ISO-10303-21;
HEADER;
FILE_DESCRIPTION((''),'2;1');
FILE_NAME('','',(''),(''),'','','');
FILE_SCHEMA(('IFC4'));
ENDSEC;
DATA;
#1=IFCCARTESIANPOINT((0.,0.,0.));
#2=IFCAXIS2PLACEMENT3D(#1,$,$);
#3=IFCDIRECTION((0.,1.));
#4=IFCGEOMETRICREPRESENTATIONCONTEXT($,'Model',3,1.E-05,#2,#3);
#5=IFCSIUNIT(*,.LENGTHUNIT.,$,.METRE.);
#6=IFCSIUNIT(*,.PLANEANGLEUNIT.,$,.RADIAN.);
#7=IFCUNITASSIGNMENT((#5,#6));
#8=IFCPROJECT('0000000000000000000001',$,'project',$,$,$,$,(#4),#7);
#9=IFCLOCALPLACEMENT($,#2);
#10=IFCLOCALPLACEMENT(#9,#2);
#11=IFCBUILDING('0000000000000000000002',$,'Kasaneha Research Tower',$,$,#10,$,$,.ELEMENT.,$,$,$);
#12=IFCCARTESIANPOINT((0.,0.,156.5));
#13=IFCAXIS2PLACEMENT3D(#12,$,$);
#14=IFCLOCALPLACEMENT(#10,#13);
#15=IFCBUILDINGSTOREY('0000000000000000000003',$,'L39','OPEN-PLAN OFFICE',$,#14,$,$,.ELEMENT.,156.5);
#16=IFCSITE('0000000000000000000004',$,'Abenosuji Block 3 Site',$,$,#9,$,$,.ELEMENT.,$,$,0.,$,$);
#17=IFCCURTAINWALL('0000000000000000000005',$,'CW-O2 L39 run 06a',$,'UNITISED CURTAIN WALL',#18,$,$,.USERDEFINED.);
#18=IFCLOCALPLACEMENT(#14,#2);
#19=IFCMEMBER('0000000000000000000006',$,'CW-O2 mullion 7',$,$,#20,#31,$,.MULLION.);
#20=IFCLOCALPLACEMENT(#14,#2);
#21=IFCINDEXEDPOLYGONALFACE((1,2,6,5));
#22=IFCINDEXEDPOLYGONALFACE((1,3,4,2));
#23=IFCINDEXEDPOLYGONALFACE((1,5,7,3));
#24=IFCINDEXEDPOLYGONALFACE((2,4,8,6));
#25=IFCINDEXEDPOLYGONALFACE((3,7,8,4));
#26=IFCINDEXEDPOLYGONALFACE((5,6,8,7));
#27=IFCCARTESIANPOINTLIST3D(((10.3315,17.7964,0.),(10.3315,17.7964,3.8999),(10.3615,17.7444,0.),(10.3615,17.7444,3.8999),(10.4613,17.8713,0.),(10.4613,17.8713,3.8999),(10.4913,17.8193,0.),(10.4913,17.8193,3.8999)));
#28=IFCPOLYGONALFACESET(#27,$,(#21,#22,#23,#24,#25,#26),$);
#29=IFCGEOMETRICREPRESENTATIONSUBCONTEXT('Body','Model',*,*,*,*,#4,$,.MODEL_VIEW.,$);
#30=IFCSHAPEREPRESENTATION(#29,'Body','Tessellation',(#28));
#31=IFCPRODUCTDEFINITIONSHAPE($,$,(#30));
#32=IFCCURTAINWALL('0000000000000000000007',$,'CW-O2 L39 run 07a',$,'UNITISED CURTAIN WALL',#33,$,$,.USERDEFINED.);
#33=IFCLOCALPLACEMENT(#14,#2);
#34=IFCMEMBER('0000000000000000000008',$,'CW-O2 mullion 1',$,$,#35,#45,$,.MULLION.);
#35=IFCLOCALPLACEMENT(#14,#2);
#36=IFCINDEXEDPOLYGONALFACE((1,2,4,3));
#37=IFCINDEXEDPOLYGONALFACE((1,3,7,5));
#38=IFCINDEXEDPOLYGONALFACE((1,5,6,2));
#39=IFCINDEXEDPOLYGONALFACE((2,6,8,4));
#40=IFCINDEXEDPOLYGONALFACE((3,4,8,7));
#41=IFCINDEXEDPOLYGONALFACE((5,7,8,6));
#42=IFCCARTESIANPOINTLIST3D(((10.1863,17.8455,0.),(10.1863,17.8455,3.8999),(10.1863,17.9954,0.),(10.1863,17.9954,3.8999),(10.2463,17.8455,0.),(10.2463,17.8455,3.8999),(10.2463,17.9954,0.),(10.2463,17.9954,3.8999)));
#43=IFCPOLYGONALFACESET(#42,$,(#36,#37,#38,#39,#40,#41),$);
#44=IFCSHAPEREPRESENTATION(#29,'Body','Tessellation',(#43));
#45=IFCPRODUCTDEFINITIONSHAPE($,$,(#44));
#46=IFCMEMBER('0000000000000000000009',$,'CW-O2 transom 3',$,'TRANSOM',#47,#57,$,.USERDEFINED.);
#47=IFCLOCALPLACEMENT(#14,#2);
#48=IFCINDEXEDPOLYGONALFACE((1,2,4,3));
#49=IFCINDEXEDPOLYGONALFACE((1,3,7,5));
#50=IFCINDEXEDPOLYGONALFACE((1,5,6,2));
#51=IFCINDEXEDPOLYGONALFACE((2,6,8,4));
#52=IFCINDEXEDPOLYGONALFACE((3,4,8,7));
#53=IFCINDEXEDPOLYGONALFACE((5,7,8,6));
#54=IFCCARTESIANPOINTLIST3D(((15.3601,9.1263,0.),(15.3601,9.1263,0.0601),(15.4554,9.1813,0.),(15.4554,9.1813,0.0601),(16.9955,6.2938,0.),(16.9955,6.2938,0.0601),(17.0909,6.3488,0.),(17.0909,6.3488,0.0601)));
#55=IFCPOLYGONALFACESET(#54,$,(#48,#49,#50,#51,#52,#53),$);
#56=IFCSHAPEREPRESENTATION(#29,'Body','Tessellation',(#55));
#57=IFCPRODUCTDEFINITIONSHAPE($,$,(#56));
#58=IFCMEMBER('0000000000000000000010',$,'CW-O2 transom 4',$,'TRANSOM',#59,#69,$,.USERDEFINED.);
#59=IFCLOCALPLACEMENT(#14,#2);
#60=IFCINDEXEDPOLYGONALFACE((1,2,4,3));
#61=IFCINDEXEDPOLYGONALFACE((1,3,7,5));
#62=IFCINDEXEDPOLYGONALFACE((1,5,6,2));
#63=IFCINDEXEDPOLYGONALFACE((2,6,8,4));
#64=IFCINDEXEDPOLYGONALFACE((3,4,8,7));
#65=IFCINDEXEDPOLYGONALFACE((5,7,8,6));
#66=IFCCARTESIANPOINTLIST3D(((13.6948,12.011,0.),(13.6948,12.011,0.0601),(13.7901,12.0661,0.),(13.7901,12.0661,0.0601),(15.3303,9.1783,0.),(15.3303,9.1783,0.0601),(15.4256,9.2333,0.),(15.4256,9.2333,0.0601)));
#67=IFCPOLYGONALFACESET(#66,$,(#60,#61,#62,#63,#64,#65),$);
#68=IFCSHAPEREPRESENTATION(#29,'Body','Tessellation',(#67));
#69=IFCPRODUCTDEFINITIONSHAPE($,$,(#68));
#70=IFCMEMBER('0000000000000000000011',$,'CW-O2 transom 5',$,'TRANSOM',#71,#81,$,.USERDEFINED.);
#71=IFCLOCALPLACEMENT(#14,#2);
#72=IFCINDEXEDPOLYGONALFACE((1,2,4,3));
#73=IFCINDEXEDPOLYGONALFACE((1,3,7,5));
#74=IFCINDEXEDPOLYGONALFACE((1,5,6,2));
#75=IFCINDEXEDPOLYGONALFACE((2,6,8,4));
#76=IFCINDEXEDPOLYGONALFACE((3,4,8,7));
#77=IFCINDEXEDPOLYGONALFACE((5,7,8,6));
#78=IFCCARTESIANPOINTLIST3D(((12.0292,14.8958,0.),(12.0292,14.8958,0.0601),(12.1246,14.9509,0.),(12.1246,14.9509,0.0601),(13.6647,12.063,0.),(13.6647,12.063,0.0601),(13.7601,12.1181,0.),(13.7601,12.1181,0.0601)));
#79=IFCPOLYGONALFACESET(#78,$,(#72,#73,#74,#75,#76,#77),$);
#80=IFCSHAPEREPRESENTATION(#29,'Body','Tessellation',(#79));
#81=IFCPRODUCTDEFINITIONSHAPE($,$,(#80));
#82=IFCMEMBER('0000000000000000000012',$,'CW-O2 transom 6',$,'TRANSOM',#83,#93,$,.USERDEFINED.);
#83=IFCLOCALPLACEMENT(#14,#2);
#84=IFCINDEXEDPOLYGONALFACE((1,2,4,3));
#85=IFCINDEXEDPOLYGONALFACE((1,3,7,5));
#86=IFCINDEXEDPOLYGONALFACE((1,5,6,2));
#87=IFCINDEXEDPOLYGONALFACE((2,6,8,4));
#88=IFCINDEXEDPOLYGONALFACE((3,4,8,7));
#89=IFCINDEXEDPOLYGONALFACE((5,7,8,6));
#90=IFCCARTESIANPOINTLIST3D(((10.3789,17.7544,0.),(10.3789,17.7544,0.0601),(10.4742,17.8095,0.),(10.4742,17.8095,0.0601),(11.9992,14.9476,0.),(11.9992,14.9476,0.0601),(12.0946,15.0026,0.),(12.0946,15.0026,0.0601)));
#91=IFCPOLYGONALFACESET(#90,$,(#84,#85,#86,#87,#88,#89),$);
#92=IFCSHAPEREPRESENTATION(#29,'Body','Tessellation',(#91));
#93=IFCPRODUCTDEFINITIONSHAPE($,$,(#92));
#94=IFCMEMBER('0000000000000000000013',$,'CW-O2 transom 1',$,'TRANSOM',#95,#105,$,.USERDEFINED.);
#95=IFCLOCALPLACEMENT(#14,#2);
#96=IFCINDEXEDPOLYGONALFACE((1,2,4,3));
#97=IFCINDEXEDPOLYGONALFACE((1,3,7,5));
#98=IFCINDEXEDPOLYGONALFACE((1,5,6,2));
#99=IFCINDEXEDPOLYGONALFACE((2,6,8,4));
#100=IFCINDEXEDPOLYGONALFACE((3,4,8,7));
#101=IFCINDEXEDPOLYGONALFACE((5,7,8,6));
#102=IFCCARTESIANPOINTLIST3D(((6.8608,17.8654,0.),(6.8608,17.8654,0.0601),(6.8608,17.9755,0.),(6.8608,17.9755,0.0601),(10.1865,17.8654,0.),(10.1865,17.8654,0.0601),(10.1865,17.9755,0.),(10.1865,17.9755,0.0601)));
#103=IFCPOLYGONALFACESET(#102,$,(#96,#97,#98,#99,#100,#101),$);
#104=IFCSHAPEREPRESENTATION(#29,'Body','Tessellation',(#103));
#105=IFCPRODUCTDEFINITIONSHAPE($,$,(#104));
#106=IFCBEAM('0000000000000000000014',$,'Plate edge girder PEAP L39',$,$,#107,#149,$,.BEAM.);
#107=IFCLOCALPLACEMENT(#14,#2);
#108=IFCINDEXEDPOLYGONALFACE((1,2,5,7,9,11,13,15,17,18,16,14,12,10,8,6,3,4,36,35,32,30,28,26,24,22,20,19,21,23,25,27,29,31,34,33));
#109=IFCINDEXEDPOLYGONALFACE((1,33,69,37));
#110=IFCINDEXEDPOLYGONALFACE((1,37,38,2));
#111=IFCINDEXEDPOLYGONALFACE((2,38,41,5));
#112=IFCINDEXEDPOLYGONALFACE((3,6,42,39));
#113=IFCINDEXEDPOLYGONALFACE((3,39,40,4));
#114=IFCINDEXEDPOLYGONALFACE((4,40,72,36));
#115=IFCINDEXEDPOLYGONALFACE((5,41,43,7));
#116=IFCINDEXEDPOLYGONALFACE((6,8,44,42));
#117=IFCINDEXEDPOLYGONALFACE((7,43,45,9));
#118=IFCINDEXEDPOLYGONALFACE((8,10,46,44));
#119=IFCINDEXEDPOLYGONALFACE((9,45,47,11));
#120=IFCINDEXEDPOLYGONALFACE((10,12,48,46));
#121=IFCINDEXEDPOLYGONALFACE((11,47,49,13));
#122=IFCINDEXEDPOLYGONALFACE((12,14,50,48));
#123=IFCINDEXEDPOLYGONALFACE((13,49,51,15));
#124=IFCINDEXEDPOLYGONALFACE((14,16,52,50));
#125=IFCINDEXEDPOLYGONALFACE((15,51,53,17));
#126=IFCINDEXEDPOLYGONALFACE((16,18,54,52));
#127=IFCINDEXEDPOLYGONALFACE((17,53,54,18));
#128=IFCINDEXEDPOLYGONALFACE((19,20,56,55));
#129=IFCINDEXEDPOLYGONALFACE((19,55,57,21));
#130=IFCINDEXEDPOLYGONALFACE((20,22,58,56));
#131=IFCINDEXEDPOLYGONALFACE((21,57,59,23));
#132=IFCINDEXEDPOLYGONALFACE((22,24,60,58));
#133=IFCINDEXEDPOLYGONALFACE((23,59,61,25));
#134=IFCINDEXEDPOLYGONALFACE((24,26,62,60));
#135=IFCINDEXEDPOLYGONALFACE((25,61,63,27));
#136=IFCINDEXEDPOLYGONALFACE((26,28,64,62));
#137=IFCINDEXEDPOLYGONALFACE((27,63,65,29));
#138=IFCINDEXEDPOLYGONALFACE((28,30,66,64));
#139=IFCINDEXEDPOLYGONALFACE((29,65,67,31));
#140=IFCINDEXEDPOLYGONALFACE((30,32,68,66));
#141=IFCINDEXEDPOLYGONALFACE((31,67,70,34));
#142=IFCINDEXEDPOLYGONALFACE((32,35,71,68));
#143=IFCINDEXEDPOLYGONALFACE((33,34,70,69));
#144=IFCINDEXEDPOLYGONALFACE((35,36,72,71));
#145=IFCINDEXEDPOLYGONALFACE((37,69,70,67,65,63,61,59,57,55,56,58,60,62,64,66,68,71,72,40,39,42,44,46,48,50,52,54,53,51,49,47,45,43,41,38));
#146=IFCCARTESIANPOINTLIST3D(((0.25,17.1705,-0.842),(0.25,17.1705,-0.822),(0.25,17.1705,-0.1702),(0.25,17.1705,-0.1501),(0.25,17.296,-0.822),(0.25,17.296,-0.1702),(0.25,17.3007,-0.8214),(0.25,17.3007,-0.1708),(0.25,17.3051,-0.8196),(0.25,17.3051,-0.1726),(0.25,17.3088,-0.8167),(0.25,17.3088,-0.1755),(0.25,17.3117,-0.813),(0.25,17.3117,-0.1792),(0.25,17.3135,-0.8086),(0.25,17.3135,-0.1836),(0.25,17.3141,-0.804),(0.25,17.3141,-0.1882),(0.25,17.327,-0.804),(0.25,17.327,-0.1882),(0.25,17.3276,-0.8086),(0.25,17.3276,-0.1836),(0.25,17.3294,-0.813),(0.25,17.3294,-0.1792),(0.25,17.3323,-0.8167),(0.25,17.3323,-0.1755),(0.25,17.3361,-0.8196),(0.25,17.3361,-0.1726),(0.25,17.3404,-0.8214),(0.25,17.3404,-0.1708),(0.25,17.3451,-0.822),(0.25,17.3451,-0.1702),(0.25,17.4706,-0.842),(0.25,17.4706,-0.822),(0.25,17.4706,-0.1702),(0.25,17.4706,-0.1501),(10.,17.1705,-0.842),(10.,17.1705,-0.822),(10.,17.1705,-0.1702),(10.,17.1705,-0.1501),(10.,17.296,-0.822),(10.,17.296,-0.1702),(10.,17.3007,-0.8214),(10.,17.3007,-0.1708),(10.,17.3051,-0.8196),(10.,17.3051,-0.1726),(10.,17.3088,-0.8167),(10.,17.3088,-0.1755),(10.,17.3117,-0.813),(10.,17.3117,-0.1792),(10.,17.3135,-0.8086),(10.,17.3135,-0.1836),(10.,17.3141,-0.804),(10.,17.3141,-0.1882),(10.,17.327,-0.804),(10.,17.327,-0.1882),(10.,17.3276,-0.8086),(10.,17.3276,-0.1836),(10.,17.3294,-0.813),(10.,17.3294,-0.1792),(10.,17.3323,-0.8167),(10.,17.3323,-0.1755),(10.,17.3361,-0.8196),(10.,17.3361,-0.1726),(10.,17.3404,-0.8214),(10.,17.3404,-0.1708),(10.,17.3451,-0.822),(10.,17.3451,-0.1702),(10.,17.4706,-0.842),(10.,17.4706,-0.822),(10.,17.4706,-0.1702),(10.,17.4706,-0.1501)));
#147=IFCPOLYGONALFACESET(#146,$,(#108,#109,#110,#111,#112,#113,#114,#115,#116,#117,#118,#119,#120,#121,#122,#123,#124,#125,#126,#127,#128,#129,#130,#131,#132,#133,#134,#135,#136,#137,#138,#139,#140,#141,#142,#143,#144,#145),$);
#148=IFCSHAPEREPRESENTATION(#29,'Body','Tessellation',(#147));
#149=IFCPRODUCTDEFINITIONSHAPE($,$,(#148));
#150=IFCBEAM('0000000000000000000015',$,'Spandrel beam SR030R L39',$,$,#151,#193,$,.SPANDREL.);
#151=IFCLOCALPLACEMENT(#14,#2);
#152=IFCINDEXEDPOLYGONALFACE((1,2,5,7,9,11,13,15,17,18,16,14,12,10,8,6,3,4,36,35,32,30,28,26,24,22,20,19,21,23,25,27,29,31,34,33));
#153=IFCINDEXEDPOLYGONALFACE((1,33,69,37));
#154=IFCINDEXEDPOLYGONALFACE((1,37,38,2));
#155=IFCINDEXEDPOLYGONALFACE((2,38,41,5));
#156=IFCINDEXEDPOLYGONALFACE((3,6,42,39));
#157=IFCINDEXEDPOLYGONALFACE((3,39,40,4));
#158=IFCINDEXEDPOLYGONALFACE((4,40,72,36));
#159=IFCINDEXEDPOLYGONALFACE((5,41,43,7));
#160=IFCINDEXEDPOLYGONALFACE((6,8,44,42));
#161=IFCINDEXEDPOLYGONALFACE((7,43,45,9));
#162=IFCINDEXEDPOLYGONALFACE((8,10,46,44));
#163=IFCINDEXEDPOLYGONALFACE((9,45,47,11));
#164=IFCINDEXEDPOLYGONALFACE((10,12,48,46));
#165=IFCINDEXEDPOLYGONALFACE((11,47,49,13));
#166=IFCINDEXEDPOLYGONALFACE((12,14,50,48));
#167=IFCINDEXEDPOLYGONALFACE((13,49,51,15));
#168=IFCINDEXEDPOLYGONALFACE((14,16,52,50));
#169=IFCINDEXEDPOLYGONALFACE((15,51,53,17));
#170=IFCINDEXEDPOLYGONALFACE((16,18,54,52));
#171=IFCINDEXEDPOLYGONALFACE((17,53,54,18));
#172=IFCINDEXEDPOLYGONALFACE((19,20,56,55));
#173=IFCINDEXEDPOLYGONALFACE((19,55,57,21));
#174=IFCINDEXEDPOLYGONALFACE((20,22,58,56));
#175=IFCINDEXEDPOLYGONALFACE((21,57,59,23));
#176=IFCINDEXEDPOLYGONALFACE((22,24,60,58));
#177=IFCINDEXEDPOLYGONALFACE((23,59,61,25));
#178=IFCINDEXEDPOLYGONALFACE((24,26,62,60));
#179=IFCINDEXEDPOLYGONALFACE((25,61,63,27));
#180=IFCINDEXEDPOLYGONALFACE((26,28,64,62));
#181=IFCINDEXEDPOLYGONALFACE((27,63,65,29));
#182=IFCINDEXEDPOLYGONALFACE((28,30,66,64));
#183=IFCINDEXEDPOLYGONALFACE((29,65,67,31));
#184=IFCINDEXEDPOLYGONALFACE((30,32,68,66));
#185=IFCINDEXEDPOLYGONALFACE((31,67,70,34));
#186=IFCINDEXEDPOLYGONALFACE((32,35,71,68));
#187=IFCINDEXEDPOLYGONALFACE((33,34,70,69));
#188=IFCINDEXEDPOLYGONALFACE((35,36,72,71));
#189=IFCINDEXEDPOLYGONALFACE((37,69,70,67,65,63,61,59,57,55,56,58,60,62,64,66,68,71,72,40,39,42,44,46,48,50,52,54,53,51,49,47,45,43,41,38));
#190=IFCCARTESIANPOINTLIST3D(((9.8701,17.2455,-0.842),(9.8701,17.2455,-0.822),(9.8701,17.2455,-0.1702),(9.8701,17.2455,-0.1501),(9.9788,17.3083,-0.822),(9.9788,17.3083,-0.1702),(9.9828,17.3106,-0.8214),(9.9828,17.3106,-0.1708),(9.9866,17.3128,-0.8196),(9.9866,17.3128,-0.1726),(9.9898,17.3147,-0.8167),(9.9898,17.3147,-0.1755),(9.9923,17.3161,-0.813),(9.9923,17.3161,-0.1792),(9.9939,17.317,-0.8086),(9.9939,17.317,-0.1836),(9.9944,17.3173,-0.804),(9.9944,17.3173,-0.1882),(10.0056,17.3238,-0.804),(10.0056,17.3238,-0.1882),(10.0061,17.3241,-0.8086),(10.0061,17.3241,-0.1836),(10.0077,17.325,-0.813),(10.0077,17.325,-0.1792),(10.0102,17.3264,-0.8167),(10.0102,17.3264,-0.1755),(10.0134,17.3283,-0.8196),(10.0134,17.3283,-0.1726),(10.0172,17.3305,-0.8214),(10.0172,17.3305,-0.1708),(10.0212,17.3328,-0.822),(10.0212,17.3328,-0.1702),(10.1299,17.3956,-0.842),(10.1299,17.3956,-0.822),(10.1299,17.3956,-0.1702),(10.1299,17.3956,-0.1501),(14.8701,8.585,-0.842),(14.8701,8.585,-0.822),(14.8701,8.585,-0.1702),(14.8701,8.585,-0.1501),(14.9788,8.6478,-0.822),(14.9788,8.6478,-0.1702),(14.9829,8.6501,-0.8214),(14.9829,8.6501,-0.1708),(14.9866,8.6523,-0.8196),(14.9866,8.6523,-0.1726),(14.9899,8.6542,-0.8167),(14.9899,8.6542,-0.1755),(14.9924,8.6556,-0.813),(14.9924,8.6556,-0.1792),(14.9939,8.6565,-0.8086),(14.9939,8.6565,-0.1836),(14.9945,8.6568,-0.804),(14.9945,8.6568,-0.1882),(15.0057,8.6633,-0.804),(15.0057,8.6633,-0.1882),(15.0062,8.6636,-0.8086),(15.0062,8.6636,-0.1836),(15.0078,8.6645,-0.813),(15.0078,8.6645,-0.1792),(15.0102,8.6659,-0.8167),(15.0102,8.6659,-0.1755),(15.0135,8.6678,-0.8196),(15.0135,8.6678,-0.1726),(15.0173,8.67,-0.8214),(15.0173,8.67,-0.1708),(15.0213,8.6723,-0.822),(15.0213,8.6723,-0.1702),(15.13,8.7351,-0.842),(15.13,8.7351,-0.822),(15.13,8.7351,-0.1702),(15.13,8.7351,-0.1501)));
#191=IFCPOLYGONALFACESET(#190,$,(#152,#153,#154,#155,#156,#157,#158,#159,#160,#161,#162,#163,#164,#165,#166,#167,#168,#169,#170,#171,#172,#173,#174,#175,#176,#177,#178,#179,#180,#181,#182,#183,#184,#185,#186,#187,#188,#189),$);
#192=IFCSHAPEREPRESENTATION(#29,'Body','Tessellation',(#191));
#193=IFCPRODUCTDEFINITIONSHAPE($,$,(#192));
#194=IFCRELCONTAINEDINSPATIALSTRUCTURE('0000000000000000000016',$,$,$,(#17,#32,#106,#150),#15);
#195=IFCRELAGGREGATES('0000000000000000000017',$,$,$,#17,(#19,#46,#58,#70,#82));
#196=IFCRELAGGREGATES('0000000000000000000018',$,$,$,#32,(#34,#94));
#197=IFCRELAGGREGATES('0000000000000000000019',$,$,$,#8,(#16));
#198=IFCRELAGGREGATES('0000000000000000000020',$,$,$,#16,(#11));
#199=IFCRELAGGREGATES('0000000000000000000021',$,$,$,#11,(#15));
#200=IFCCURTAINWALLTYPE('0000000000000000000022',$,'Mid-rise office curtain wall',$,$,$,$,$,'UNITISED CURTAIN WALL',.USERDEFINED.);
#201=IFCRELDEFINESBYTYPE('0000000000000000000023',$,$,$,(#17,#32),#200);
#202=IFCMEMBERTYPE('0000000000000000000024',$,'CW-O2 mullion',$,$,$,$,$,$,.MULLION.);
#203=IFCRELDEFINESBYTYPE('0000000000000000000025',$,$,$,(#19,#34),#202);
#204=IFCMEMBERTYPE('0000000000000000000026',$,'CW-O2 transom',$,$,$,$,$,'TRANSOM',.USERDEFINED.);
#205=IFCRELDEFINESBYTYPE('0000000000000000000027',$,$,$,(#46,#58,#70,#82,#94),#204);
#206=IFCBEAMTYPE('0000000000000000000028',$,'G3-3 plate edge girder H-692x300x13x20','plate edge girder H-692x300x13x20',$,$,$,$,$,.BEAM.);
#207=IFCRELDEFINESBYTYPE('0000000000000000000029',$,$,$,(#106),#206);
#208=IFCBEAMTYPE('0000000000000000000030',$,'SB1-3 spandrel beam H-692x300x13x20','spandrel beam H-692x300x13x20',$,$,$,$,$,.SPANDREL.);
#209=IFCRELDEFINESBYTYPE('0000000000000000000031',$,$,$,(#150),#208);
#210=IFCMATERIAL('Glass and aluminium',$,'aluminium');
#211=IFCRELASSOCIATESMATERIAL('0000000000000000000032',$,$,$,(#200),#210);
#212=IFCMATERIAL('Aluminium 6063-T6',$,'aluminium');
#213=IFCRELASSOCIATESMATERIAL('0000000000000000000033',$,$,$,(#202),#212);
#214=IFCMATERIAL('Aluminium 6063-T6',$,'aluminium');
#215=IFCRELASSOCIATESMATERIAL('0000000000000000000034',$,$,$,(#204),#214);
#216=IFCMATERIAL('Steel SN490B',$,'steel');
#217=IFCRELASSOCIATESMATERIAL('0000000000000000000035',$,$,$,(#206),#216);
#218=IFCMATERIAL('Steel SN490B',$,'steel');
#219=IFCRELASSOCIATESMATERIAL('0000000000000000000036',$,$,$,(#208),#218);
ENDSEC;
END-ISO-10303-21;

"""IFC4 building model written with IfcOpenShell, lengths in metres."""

from ifc_helpers import new_model, si_unit, direction, frame, origin, origin_2d, place, context, subcontext, project, spatial, rectangle, i_section, extrude, material, material_profile, profile_set, type_object, element, aggregate, save


model = new_model("IFC4")

# Units and contexts
model_context = context("Model", 3, precision=1e-05, world=origin(), true_north=direction((0.0, 1.0)))
body_context = subcontext(model_context, "Body", "Model", "MODEL_VIEW")
ifc_project = project(units=[si_unit("LENGTHUNIT", "METRE"), si_unit("PLANEANGLEUNIT", "RADIAN")], contexts=[model_context])

# Site, building, storey
site_placement = place(None, origin())
site = spatial("IfcSite", under=ifc_project, at=site_placement, Name="Abenosuji Block 3 Site", CompositionType="ELEMENT", RefElevation=0.0)
building_placement = place(site_placement, origin())
building = spatial("IfcBuilding", under=site, at=building_placement, Name="Kasaneha Research Tower", CompositionType="ELEMENT")
storey_placement = place(building_placement, frame((0.0, 0.0, 156.5)))
storey = spatial("IfcBuildingStorey", under=building, at=storey_placement, Name="L39", Description="OPEN-PLAN OFFICE", CompositionType="ELEMENT", Elevation=156.5)

# Curtain wall, member
ifc_material_1 = material(Name="Glass and aluminium", Category="aluminium")
curtain_wall_type = type_object("IfcCurtainWallType", Name="Mid-rise office curtain wall", ElementType="UNITISED CURTAIN WALL", PredefinedType="USERDEFINED", material=ifc_material_1)
curtain_wall_1_placement = place(storey_placement, origin())
curtain_wall_1 = element("IfcCurtainWall", 1, at=curtain_wall_1_placement, inside=storey, type_object=curtain_wall_type, Name="CW-O2 L39 run 06a", ObjectType="UNITISED CURTAIN WALL", PredefinedType="USERDEFINED")
ifc_material_2 = material(Name="Aluminium 6063-T6", Category="aluminium")
ifc_material_profile_1 = material_profile(ifc_material_2, rectangle(XDim=0.0601, YDim=0.1499, at=origin_2d()), Name="CW-O2 mullion 60x150")
ifc_profile_set_1 = profile_set([ifc_material_profile_1], Name="Aluminium 6063-T6")
member_type_1 = type_object("IfcMemberType", Name="CW-O2 mullion", PredefinedType="MULLION", material=ifc_profile_set_1)
member_1_placement = place(storey_placement, frame((10.4114, 17.8079, 0.0), z_axis=(0.0, 0.0, 1.0), x_axis=(-0.5, 0.866025, 0.0)))
member_1 = element("IfcMember", 2, at=member_1_placement, type_object=member_type_1, Name="CW-O2 mullion 7", PredefinedType="MULLION", context=body_context, shape_type="SweptSolid", body=[
    extrude(rectangle(XDim=0.0601, YDim=0.1499, at=origin_2d()), origin(), (0.0, 0.0, 1.0), 3.8999),
])

# Curtain wall, member
curtain_wall_2_placement = place(storey_placement, origin())
curtain_wall_2 = element("IfcCurtainWall", 3, at=curtain_wall_2_placement, inside=storey, type_object=curtain_wall_type, Name="CW-O2 L39 run 07a", ObjectType="UNITISED CURTAIN WALL", PredefinedType="USERDEFINED")
member_2_placement = place(storey_placement, frame((10.2163, 17.9204, 0.0), z_axis=(0.0, 0.0, 1.0), x_axis=(-1.0, 0.0, 0.0)))
member_2 = element("IfcMember", 4, at=member_2_placement, type_object=member_type_1, Name="CW-O2 mullion 1", PredefinedType="MULLION", context=body_context, shape_type="SweptSolid", body=[
    extrude(rectangle(XDim=0.0601, YDim=0.1499, at=origin_2d()), origin(), (0.0, 0.0, 1.0), 3.8999),
])

# Members
ifc_material_3 = material(Name="Aluminium 6063-T6", Category="aluminium")
ifc_material_profile_2 = material_profile(ifc_material_3, rectangle(XDim=0.1101, YDim=0.0601, at=origin_2d()), Name="CW-O2 transom 110x60")
ifc_profile_set_2 = profile_set([ifc_material_profile_2], Name="Aluminium 6063-T6")
member_type_2 = type_object("IfcMemberType", Name="CW-O2 transom", ElementType="TRANSOM", PredefinedType="USERDEFINED", material=ifc_profile_set_2)
member_3_placement = place(storey_placement, frame((17.0432, 6.3213, 0.03), z_axis=(-0.500033, 0.866007, 0.0), x_axis=(-0.866007, -0.500033, 0.0)))
member_3 = element("IfcMember", 5, at=member_3_placement, type_object=member_type_2, Name="CW-O2 transom 3", ObjectType="TRANSOM", PredefinedType="USERDEFINED", context=body_context, shape_type="SweptSolid", body=[
    extrude(rectangle(XDim=0.1101, YDim=0.0601, at=origin_2d()), origin(), (0.0, 0.0, 1.0), 3.2708),
])
member_4_placement = place(storey_placement, frame((15.3779, 9.2058, 0.03), z_axis=(-0.5, 0.866025, 0.0), x_axis=(-0.866025, -0.5, 0.0)))
member_4 = element("IfcMember", 6, at=member_4_placement, type_object=member_type_2, Name="CW-O2 transom 4", ObjectType="TRANSOM", PredefinedType="USERDEFINED", context=body_context, shape_type="SweptSolid", body=[
    extrude(rectangle(XDim=0.1101, YDim=0.0601, at=origin_2d()), origin(), (0.0, 0.0, 1.0), 3.271),
])
member_5_placement = place(storey_placement, frame((13.7124, 12.0906, 0.03), z_axis=(-0.5, 0.866025, 0.0), x_axis=(-0.866025, -0.5, 0.0)))
member_5 = element("IfcMember", 7, at=member_5_placement, type_object=member_type_2, Name="CW-O2 transom 5", ObjectType="TRANSOM", PredefinedType="USERDEFINED", context=body_context, shape_type="SweptSolid", body=[
    extrude(rectangle(XDim=0.1101, YDim=0.0601, at=origin_2d()), origin(), (0.0, 0.0, 1.0), 3.271),
])
member_6_placement = place(storey_placement, frame((12.0469, 14.9751, 0.03), z_axis=(-0.499955, 0.866051, 0.0), x_axis=(-0.866051, -0.499955, 0.0)))
member_6 = element("IfcMember", 8, at=member_6_placement, type_object=member_type_2, Name="CW-O2 transom 6", ObjectType="TRANSOM", PredefinedType="USERDEFINED", context=body_context, shape_type="SweptSolid", body=[
    extrude(rectangle(XDim=0.1101, YDim=0.0601, at=origin_2d()), origin(), (0.0, 0.0, 1.0), 3.241),
])
member_7_placement = place(storey_placement, frame((10.1865, 17.9204, 0.03), z_axis=(-1.0, 0.0, 0.0), x_axis=(0.0, -1.0, 0.0)))
member_7 = element("IfcMember", 9, at=member_7_placement, type_object=member_type_2, Name="CW-O2 transom 1", ObjectType="TRANSOM", PredefinedType="USERDEFINED", context=body_context, shape_type="SweptSolid", body=[
    extrude(rectangle(XDim=0.1101, YDim=0.0601, at=origin_2d()), origin(), (0.0, 0.0, 1.0), 3.3257),
])

# Beams
ifc_material_4 = material(Name="Steel SN490B", Category="steel")
ifc_material_profile_3 = material_profile(ifc_material_4, i_section(OverallWidth=0.3, OverallDepth=0.6919, WebThickness=0.0129, FlangeThickness=0.02, FilletRadius=0.0181, at=origin_2d()), Name="H-692x300x13x20")
ifc_profile_set_3 = profile_set([ifc_material_profile_3], Name="Steel SN490B")
beam_type_1 = type_object("IfcBeamType", Name="G3-3 plate edge girder H-692x300x13x20", Description="plate edge girder H-692x300x13x20", PredefinedType="BEAM", material=ifc_profile_set_3)
beam_1_placement = place(storey_placement, frame((10.0, 17.3206, -0.4961), z_axis=(-1.0, 0.0, 0.0), x_axis=(0.0, -1.0, 0.0)))
element("IfcBeam", 10, at=beam_1_placement, inside=storey, type_object=beam_type_1, Name="Plate edge girder PEAP L39", PredefinedType="BEAM", context=body_context, shape_type="SweptSolid", body=[
    extrude(i_section(OverallWidth=0.3, OverallDepth=0.6919, WebThickness=0.0129, FlangeThickness=0.02, FilletRadius=0.0181, at=origin_2d()), origin(), (0.0, 0.0, 1.0), 9.75),
])
ifc_material_5 = material(Name="Steel SN490B", Category="steel")
ifc_material_profile_4 = material_profile(ifc_material_5, i_section(OverallWidth=0.3, OverallDepth=0.6919, WebThickness=0.0129, FlangeThickness=0.02, FilletRadius=0.0181, at=origin_2d()), Name="H-692x300x13x20")
ifc_profile_set_4 = profile_set([ifc_material_profile_4], Name="Steel SN490B")
beam_type_2 = type_object("IfcBeamType", Name="SB1-3 spandrel beam H-692x300x13x20", Description="spandrel beam H-692x300x13x20", PredefinedType="SPANDREL", material=ifc_profile_set_4)
beam_2_placement = place(storey_placement, frame((10.0, 17.3206, -0.4961), z_axis=(0.499994, -0.866029, 0.0), x_axis=(0.866029, 0.499994, 0.0)))
element("IfcBeam", 11, at=beam_2_placement, inside=storey, type_object=beam_type_2, Name="Spandrel beam SR030R L39", PredefinedType="SPANDREL", context=body_context, shape_type="SweptSolid", body=[
    extrude(i_section(OverallWidth=0.3, OverallDepth=0.6919, WebThickness=0.0129, FlangeThickness=0.02, FilletRadius=0.0181, at=origin_2d()), origin(), (0.0, 0.0, 1.0), 10.0002),
])

aggregate(curtain_wall_1, [member_1, member_3, member_4, member_5, member_6])
aggregate(curtain_wall_2, [member_2, member_7])

save(model, "model.ifc")
